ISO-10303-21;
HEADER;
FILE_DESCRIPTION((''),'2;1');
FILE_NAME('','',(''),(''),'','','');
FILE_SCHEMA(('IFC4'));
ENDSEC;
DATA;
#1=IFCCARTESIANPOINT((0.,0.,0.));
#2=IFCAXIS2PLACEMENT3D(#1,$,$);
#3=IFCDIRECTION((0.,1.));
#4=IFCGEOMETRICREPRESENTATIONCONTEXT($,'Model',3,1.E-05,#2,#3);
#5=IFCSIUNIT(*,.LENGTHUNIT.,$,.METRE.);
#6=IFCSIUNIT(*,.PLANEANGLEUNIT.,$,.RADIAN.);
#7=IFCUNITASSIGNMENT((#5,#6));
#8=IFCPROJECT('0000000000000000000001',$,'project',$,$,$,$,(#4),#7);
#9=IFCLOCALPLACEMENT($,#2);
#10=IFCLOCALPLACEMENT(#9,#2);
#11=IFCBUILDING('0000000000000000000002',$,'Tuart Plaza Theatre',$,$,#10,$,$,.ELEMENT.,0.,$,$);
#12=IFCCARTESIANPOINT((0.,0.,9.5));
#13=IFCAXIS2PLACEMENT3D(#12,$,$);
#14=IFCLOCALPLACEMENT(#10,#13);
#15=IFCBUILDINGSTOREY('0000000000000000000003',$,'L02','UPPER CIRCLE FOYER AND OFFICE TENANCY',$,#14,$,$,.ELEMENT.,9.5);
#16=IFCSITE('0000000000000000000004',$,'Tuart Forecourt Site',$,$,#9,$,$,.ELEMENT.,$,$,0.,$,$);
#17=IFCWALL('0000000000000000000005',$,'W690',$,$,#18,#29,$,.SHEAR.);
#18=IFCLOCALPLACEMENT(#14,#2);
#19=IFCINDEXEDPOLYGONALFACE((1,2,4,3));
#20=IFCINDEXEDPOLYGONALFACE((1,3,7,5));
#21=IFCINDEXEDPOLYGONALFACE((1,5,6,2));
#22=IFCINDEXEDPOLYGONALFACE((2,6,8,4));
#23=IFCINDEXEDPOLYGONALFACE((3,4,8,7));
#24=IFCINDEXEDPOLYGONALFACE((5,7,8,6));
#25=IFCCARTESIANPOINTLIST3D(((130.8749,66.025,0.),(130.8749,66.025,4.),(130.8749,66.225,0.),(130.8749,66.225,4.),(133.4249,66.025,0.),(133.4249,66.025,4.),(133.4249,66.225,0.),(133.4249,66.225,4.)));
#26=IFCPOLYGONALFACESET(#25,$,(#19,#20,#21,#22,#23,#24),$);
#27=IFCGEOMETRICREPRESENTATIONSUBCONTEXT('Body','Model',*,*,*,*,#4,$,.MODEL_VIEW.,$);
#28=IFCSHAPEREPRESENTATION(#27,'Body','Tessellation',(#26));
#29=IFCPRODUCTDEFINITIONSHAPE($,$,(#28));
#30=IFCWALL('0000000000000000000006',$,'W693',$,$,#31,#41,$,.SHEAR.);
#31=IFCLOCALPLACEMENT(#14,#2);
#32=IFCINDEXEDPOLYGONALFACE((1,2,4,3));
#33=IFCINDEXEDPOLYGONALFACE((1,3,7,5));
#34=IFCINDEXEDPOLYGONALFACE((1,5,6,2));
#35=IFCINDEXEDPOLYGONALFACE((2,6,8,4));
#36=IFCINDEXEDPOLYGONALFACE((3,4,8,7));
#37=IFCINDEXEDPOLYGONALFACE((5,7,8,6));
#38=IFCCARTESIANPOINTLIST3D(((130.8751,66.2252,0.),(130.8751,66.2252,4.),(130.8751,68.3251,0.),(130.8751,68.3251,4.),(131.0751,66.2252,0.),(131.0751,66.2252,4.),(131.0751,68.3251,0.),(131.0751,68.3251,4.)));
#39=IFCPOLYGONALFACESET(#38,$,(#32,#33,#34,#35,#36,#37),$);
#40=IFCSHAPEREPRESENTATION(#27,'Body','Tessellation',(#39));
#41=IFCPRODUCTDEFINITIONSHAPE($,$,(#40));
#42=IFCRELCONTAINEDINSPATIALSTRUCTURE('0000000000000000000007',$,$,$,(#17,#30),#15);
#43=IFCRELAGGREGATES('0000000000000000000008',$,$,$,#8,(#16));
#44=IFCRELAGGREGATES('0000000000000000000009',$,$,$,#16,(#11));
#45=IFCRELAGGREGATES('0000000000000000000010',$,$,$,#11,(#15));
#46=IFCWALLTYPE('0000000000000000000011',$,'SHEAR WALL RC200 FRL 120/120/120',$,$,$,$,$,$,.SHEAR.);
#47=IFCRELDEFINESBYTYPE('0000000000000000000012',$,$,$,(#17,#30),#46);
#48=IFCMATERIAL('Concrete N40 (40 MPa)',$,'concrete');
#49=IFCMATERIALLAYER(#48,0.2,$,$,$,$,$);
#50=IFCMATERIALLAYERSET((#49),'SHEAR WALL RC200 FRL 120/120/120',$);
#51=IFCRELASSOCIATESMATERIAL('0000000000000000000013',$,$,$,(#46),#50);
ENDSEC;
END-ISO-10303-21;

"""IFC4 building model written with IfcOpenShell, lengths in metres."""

from ifc_helpers import new_model, si_unit, direction, frame, frame_2d, origin, place, context, subcontext, project, spatial, rectangle, extrude, material, layer, layer_set, type_object, element, save


model = new_model("IFC4")

# Units and contexts
model_context = context("Model", 3, precision=1e-05, world=origin(), true_north=direction((0.0, 1.0)))
body_context = subcontext(model_context, "Body", "Model", "MODEL_VIEW")
ifc_project = project(units=[si_unit("LENGTHUNIT", "METRE"), si_unit("PLANEANGLEUNIT", "RADIAN")], contexts=[model_context])

# Site, building, storey
site_placement = place(None, origin())
site = spatial("IfcSite", under=ifc_project, at=site_placement, Name="Tuart Forecourt Site", CompositionType="ELEMENT", RefElevation=0.0)
building_placement = place(site_placement, origin())
building = spatial("IfcBuilding", under=site, at=building_placement, Name="Tuart Plaza Theatre", CompositionType="ELEMENT", ElevationOfRefHeight=0.0)
storey_placement = place(building_placement, frame((0.0, 0.0, 9.5)))
storey = spatial("IfcBuildingStorey", under=building, at=storey_placement, Name="L02", Description="UPPER CIRCLE FOYER AND OFFICE TENANCY", CompositionType="ELEMENT", Elevation=9.5)

# Shared definitions
ifc_material_1 = material(Name="Concrete N40 (40 MPa)", Category="concrete")
ifc_layer_1 = layer(ifc_material_1, 0.2)
ifc_layer_set_1 = layer_set([ifc_layer_1], Name="SHEAR WALL RC200 FRL 120/120/120")
wall_type_1 = type_object("IfcWallType", Name="SHEAR WALL RC200 FRL 120/120/120", PredefinedType="SHEAR", material=ifc_layer_set_1)

# Walls
wall_1_placement = place(storey_placement, frame((130.875, 66.125, 0.0), z_axis=(0.0, 0.0, 1.0), x_axis=(1.0, 0.0, 0.0)))
element("IfcWall", 1, at=wall_1_placement, inside=storey, type_object=wall_type_1, Name="W690", PredefinedType="SHEAR", context=body_context, shape_type="SweptSolid", body=[
    extrude(rectangle(XDim=2.55, YDim=0.2, at=frame_2d((1.2749, 0.0))), origin(), (0.0, 0.0, 1.0), 4.0),
])
wall_2_placement = place(storey_placement, frame((130.9751, 68.325, 0.0), z_axis=(0.0, 0.0, 1.0), x_axis=(0.0, -1.0, 0.0)))
element("IfcWall", 2, at=wall_2_placement, inside=storey, type_object=wall_type_1, Name="W693", PredefinedType="SHEAR", context=body_context, shape_type="SweptSolid", body=[
    extrude(rectangle(XDim=2.0999, YDim=0.2, at=frame_2d((1.0498, 0.0))), origin(), (0.0, 0.0, 1.0), 4.0),
])

save(model, "model.ifc")
